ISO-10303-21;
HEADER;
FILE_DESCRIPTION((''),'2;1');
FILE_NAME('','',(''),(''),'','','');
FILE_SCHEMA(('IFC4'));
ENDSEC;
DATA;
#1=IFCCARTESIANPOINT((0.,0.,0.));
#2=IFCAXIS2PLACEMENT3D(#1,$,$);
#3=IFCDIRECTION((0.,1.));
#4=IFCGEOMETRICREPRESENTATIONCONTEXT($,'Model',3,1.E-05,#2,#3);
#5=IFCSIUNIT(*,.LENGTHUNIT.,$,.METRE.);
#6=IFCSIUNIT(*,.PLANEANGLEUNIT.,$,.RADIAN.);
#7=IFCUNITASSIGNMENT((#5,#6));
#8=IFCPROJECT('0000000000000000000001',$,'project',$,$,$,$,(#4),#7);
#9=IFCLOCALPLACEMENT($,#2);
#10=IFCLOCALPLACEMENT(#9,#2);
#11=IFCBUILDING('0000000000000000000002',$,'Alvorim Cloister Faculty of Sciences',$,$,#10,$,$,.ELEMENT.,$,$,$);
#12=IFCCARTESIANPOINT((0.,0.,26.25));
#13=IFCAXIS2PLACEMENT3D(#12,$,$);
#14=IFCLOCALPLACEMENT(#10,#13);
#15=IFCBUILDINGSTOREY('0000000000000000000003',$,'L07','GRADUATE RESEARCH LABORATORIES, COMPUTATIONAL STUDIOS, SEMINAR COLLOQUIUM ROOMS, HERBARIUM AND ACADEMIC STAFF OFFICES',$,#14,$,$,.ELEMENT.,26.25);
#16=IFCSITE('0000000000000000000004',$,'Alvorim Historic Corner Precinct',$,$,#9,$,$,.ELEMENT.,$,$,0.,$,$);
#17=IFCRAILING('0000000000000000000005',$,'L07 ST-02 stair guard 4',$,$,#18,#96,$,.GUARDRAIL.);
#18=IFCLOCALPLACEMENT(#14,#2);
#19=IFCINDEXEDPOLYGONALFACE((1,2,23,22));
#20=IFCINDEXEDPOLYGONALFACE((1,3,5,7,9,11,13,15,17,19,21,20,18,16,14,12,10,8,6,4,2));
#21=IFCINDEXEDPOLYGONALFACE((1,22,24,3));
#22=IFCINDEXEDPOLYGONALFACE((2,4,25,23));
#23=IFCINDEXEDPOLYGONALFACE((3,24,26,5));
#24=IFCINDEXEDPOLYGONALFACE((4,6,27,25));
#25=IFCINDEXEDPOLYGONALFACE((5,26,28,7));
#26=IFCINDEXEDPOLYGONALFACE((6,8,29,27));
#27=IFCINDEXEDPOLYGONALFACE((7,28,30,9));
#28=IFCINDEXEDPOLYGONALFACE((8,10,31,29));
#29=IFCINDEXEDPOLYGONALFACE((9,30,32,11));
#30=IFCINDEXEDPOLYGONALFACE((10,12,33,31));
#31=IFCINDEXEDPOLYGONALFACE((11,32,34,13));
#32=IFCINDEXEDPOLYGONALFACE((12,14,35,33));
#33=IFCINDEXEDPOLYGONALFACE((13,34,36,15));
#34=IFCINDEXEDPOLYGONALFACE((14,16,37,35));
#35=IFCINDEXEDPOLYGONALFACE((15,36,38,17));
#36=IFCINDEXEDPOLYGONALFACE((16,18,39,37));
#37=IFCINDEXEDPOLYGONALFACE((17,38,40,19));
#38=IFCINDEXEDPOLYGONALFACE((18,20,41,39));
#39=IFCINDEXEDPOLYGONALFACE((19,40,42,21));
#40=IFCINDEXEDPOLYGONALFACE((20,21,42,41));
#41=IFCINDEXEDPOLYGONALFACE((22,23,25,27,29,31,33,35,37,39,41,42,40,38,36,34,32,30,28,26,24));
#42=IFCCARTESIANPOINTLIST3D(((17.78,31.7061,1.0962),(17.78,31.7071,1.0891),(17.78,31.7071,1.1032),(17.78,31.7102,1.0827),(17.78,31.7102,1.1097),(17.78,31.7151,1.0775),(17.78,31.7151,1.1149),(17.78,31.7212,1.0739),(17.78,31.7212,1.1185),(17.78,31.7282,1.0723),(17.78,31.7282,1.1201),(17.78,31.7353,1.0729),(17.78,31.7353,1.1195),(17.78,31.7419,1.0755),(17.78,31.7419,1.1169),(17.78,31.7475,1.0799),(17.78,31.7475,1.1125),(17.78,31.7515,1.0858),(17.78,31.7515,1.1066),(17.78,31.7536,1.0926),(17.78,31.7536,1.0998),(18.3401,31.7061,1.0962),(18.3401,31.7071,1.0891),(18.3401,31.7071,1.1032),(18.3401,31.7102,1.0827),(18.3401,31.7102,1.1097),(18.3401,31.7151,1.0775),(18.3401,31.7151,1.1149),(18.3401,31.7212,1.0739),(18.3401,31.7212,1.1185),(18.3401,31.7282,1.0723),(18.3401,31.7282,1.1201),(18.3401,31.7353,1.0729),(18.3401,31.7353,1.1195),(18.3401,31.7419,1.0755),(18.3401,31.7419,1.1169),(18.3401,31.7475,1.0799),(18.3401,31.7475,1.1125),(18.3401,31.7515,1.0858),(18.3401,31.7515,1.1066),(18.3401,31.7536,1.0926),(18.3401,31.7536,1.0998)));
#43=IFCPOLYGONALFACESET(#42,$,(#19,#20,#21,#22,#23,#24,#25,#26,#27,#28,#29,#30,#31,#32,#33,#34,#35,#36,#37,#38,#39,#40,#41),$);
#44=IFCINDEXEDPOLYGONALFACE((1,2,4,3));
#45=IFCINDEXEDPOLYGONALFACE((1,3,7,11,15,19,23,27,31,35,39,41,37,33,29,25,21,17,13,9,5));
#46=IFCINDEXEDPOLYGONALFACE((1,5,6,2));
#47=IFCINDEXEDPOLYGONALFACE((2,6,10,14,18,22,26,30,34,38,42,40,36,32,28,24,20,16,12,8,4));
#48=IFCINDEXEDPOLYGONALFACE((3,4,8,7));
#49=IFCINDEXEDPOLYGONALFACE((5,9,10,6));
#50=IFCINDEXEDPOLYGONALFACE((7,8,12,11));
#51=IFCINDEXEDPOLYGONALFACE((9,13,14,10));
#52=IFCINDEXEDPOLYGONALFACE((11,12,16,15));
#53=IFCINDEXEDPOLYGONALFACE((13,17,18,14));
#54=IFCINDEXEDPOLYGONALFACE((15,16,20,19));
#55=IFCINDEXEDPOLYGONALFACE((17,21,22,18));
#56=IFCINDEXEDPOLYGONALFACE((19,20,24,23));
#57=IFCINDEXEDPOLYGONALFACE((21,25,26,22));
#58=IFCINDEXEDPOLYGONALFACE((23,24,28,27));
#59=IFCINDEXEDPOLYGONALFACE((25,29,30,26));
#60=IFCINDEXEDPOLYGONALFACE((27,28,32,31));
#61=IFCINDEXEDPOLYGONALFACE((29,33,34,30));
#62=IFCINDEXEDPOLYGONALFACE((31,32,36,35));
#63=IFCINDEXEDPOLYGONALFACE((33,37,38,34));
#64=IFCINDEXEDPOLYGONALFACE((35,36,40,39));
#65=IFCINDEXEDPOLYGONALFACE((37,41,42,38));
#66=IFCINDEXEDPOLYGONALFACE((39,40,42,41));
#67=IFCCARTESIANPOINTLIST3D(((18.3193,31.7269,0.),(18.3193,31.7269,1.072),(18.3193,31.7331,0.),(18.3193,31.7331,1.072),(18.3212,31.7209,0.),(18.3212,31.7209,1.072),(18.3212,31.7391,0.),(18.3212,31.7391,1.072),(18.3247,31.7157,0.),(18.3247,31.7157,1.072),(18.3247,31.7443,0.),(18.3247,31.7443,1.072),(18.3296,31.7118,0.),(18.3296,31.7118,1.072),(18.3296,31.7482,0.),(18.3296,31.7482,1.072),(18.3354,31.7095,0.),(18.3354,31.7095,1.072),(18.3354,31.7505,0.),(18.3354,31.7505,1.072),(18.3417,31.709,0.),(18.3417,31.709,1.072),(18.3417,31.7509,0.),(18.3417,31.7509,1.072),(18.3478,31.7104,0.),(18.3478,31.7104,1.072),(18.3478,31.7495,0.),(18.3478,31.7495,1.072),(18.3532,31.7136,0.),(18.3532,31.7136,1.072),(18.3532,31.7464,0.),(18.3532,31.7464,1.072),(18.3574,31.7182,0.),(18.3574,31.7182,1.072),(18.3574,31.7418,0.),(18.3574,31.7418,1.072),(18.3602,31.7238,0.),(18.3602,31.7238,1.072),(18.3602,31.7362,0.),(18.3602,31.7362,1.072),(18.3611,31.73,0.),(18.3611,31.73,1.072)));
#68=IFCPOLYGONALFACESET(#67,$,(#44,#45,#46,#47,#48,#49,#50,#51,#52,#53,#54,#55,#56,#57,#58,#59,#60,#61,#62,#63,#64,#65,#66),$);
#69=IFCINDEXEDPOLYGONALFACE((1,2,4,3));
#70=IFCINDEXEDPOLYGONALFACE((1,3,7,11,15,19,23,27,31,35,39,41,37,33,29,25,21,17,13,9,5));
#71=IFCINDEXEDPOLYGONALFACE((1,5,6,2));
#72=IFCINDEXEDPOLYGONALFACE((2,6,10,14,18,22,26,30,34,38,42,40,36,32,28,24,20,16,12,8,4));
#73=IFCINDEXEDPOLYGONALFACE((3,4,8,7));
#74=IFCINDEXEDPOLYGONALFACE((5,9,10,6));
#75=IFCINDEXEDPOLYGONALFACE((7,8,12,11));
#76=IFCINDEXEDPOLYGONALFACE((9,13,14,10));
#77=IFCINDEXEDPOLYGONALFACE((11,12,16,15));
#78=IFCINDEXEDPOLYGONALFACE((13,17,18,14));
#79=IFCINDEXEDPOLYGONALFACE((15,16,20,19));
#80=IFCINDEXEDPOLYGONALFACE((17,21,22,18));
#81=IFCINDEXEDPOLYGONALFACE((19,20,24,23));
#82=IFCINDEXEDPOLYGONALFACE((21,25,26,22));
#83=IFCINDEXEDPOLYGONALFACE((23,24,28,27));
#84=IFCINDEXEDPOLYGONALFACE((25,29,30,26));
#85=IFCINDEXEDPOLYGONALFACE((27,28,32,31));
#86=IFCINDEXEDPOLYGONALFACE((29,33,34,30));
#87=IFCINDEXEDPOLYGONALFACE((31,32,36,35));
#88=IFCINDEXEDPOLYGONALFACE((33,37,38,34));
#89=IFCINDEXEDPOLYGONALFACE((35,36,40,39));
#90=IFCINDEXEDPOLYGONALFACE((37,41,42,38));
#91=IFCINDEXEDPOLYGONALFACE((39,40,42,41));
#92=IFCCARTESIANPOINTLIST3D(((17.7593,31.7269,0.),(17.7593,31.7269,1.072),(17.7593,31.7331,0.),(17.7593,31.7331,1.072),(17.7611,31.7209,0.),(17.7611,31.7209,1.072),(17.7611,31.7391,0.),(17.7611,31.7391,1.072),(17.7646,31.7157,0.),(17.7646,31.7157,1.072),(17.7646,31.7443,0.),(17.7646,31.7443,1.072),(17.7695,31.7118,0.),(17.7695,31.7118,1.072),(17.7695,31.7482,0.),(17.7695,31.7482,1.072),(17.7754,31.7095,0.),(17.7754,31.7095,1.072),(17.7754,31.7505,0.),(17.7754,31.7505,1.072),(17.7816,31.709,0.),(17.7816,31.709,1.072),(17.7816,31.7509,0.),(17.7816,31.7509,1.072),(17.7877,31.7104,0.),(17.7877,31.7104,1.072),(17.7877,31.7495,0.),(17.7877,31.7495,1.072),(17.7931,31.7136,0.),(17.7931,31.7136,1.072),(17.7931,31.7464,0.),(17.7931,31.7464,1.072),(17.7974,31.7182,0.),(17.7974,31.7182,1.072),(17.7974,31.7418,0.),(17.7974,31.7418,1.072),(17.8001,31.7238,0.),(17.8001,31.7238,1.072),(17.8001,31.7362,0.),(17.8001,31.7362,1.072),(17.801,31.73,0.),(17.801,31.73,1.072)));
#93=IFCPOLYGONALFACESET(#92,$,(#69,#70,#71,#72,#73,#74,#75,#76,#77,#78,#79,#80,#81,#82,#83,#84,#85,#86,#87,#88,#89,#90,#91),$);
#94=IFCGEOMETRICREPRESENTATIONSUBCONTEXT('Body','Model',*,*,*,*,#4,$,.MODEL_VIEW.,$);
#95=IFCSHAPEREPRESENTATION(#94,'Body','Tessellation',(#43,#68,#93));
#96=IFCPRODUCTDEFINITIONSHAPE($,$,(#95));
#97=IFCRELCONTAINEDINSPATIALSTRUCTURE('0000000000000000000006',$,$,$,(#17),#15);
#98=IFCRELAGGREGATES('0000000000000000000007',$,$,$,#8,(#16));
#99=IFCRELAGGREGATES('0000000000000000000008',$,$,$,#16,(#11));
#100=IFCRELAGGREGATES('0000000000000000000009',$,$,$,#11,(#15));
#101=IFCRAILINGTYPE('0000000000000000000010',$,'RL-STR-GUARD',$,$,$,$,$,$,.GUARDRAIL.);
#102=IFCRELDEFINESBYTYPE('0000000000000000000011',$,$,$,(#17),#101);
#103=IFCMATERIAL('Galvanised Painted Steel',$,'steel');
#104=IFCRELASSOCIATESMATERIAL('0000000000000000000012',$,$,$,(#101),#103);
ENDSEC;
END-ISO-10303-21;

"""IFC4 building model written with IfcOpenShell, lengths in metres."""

from ifc_helpers import new_model, si_unit, direction, frame, origin, origin_2d, place, context, subcontext, project, spatial, circle, extrude, material, type_object, element, save


model = new_model("IFC4")

# Units and contexts
model_context = context("Model", 3, precision=1e-05, world=origin(), true_north=direction((0.0, 1.0)))
body_context = subcontext(model_context, "Body", "Model", "MODEL_VIEW")
ifc_project = project(units=[si_unit("LENGTHUNIT", "METRE"), si_unit("PLANEANGLEUNIT", "RADIAN")], contexts=[model_context])

# Site, building, storey
site_placement = place(None, origin())
site = spatial("IfcSite", under=ifc_project, at=site_placement, Name="Alvorim Historic Corner Precinct", CompositionType="ELEMENT", RefElevation=0.0)
building_placement = place(site_placement, origin())
building = spatial("IfcBuilding", under=site, at=building_placement, Name="Alvorim Cloister Faculty of Sciences", CompositionType="ELEMENT")
storey_placement = place(building_placement, frame((0.0, 0.0, 26.25)))
storey = spatial("IfcBuildingStorey", under=building, at=storey_placement, Name="L07", Description="GRADUATE RESEARCH LABORATORIES, COMPUTATIONAL STUDIOS, SEMINAR COLLOQUIUM ROOMS, HERBARIUM AND ACADEMIC STAFF OFFICES", CompositionType="ELEMENT", Elevation=26.25)

# Railing
ifc_material_1 = material(Name="Galvanised Painted Steel", Category="steel")
railing_type_1 = type_object("IfcRailingType", Name="RL-STR-GUARD", PredefinedType="GUARDRAIL", material=ifc_material_1)
railing_1_placement = place(storey_placement, frame((18.3401, 31.73, 0.0)))
element("IfcRailing", 1, at=railing_1_placement, inside=storey, type_object=railing_type_1, Name="L07 ST-02 stair guard 4", PredefinedType="GUARDRAIL", context=body_context, shape_type="SweptSolid", body=[
    extrude(circle(Radius=0.0239, at=origin_2d()), frame((0.0, 0.0, 1.0962), z_axis=(-1.0, 0.0, 0.0), x_axis=(0.0, -1.0, 0.0)), (0.0, 0.0, 1.0), 0.5601),
    extrude(circle(Radius=0.021, at=origin_2d()), origin(), (0.0, 0.0, 1.0), 1.072),
    extrude(circle(Radius=0.021, at=origin_2d()), frame((-0.5601, 0.0, 0.0)), (0.0, 0.0, 1.0), 1.072),
])

save(model, "model.ifc")
